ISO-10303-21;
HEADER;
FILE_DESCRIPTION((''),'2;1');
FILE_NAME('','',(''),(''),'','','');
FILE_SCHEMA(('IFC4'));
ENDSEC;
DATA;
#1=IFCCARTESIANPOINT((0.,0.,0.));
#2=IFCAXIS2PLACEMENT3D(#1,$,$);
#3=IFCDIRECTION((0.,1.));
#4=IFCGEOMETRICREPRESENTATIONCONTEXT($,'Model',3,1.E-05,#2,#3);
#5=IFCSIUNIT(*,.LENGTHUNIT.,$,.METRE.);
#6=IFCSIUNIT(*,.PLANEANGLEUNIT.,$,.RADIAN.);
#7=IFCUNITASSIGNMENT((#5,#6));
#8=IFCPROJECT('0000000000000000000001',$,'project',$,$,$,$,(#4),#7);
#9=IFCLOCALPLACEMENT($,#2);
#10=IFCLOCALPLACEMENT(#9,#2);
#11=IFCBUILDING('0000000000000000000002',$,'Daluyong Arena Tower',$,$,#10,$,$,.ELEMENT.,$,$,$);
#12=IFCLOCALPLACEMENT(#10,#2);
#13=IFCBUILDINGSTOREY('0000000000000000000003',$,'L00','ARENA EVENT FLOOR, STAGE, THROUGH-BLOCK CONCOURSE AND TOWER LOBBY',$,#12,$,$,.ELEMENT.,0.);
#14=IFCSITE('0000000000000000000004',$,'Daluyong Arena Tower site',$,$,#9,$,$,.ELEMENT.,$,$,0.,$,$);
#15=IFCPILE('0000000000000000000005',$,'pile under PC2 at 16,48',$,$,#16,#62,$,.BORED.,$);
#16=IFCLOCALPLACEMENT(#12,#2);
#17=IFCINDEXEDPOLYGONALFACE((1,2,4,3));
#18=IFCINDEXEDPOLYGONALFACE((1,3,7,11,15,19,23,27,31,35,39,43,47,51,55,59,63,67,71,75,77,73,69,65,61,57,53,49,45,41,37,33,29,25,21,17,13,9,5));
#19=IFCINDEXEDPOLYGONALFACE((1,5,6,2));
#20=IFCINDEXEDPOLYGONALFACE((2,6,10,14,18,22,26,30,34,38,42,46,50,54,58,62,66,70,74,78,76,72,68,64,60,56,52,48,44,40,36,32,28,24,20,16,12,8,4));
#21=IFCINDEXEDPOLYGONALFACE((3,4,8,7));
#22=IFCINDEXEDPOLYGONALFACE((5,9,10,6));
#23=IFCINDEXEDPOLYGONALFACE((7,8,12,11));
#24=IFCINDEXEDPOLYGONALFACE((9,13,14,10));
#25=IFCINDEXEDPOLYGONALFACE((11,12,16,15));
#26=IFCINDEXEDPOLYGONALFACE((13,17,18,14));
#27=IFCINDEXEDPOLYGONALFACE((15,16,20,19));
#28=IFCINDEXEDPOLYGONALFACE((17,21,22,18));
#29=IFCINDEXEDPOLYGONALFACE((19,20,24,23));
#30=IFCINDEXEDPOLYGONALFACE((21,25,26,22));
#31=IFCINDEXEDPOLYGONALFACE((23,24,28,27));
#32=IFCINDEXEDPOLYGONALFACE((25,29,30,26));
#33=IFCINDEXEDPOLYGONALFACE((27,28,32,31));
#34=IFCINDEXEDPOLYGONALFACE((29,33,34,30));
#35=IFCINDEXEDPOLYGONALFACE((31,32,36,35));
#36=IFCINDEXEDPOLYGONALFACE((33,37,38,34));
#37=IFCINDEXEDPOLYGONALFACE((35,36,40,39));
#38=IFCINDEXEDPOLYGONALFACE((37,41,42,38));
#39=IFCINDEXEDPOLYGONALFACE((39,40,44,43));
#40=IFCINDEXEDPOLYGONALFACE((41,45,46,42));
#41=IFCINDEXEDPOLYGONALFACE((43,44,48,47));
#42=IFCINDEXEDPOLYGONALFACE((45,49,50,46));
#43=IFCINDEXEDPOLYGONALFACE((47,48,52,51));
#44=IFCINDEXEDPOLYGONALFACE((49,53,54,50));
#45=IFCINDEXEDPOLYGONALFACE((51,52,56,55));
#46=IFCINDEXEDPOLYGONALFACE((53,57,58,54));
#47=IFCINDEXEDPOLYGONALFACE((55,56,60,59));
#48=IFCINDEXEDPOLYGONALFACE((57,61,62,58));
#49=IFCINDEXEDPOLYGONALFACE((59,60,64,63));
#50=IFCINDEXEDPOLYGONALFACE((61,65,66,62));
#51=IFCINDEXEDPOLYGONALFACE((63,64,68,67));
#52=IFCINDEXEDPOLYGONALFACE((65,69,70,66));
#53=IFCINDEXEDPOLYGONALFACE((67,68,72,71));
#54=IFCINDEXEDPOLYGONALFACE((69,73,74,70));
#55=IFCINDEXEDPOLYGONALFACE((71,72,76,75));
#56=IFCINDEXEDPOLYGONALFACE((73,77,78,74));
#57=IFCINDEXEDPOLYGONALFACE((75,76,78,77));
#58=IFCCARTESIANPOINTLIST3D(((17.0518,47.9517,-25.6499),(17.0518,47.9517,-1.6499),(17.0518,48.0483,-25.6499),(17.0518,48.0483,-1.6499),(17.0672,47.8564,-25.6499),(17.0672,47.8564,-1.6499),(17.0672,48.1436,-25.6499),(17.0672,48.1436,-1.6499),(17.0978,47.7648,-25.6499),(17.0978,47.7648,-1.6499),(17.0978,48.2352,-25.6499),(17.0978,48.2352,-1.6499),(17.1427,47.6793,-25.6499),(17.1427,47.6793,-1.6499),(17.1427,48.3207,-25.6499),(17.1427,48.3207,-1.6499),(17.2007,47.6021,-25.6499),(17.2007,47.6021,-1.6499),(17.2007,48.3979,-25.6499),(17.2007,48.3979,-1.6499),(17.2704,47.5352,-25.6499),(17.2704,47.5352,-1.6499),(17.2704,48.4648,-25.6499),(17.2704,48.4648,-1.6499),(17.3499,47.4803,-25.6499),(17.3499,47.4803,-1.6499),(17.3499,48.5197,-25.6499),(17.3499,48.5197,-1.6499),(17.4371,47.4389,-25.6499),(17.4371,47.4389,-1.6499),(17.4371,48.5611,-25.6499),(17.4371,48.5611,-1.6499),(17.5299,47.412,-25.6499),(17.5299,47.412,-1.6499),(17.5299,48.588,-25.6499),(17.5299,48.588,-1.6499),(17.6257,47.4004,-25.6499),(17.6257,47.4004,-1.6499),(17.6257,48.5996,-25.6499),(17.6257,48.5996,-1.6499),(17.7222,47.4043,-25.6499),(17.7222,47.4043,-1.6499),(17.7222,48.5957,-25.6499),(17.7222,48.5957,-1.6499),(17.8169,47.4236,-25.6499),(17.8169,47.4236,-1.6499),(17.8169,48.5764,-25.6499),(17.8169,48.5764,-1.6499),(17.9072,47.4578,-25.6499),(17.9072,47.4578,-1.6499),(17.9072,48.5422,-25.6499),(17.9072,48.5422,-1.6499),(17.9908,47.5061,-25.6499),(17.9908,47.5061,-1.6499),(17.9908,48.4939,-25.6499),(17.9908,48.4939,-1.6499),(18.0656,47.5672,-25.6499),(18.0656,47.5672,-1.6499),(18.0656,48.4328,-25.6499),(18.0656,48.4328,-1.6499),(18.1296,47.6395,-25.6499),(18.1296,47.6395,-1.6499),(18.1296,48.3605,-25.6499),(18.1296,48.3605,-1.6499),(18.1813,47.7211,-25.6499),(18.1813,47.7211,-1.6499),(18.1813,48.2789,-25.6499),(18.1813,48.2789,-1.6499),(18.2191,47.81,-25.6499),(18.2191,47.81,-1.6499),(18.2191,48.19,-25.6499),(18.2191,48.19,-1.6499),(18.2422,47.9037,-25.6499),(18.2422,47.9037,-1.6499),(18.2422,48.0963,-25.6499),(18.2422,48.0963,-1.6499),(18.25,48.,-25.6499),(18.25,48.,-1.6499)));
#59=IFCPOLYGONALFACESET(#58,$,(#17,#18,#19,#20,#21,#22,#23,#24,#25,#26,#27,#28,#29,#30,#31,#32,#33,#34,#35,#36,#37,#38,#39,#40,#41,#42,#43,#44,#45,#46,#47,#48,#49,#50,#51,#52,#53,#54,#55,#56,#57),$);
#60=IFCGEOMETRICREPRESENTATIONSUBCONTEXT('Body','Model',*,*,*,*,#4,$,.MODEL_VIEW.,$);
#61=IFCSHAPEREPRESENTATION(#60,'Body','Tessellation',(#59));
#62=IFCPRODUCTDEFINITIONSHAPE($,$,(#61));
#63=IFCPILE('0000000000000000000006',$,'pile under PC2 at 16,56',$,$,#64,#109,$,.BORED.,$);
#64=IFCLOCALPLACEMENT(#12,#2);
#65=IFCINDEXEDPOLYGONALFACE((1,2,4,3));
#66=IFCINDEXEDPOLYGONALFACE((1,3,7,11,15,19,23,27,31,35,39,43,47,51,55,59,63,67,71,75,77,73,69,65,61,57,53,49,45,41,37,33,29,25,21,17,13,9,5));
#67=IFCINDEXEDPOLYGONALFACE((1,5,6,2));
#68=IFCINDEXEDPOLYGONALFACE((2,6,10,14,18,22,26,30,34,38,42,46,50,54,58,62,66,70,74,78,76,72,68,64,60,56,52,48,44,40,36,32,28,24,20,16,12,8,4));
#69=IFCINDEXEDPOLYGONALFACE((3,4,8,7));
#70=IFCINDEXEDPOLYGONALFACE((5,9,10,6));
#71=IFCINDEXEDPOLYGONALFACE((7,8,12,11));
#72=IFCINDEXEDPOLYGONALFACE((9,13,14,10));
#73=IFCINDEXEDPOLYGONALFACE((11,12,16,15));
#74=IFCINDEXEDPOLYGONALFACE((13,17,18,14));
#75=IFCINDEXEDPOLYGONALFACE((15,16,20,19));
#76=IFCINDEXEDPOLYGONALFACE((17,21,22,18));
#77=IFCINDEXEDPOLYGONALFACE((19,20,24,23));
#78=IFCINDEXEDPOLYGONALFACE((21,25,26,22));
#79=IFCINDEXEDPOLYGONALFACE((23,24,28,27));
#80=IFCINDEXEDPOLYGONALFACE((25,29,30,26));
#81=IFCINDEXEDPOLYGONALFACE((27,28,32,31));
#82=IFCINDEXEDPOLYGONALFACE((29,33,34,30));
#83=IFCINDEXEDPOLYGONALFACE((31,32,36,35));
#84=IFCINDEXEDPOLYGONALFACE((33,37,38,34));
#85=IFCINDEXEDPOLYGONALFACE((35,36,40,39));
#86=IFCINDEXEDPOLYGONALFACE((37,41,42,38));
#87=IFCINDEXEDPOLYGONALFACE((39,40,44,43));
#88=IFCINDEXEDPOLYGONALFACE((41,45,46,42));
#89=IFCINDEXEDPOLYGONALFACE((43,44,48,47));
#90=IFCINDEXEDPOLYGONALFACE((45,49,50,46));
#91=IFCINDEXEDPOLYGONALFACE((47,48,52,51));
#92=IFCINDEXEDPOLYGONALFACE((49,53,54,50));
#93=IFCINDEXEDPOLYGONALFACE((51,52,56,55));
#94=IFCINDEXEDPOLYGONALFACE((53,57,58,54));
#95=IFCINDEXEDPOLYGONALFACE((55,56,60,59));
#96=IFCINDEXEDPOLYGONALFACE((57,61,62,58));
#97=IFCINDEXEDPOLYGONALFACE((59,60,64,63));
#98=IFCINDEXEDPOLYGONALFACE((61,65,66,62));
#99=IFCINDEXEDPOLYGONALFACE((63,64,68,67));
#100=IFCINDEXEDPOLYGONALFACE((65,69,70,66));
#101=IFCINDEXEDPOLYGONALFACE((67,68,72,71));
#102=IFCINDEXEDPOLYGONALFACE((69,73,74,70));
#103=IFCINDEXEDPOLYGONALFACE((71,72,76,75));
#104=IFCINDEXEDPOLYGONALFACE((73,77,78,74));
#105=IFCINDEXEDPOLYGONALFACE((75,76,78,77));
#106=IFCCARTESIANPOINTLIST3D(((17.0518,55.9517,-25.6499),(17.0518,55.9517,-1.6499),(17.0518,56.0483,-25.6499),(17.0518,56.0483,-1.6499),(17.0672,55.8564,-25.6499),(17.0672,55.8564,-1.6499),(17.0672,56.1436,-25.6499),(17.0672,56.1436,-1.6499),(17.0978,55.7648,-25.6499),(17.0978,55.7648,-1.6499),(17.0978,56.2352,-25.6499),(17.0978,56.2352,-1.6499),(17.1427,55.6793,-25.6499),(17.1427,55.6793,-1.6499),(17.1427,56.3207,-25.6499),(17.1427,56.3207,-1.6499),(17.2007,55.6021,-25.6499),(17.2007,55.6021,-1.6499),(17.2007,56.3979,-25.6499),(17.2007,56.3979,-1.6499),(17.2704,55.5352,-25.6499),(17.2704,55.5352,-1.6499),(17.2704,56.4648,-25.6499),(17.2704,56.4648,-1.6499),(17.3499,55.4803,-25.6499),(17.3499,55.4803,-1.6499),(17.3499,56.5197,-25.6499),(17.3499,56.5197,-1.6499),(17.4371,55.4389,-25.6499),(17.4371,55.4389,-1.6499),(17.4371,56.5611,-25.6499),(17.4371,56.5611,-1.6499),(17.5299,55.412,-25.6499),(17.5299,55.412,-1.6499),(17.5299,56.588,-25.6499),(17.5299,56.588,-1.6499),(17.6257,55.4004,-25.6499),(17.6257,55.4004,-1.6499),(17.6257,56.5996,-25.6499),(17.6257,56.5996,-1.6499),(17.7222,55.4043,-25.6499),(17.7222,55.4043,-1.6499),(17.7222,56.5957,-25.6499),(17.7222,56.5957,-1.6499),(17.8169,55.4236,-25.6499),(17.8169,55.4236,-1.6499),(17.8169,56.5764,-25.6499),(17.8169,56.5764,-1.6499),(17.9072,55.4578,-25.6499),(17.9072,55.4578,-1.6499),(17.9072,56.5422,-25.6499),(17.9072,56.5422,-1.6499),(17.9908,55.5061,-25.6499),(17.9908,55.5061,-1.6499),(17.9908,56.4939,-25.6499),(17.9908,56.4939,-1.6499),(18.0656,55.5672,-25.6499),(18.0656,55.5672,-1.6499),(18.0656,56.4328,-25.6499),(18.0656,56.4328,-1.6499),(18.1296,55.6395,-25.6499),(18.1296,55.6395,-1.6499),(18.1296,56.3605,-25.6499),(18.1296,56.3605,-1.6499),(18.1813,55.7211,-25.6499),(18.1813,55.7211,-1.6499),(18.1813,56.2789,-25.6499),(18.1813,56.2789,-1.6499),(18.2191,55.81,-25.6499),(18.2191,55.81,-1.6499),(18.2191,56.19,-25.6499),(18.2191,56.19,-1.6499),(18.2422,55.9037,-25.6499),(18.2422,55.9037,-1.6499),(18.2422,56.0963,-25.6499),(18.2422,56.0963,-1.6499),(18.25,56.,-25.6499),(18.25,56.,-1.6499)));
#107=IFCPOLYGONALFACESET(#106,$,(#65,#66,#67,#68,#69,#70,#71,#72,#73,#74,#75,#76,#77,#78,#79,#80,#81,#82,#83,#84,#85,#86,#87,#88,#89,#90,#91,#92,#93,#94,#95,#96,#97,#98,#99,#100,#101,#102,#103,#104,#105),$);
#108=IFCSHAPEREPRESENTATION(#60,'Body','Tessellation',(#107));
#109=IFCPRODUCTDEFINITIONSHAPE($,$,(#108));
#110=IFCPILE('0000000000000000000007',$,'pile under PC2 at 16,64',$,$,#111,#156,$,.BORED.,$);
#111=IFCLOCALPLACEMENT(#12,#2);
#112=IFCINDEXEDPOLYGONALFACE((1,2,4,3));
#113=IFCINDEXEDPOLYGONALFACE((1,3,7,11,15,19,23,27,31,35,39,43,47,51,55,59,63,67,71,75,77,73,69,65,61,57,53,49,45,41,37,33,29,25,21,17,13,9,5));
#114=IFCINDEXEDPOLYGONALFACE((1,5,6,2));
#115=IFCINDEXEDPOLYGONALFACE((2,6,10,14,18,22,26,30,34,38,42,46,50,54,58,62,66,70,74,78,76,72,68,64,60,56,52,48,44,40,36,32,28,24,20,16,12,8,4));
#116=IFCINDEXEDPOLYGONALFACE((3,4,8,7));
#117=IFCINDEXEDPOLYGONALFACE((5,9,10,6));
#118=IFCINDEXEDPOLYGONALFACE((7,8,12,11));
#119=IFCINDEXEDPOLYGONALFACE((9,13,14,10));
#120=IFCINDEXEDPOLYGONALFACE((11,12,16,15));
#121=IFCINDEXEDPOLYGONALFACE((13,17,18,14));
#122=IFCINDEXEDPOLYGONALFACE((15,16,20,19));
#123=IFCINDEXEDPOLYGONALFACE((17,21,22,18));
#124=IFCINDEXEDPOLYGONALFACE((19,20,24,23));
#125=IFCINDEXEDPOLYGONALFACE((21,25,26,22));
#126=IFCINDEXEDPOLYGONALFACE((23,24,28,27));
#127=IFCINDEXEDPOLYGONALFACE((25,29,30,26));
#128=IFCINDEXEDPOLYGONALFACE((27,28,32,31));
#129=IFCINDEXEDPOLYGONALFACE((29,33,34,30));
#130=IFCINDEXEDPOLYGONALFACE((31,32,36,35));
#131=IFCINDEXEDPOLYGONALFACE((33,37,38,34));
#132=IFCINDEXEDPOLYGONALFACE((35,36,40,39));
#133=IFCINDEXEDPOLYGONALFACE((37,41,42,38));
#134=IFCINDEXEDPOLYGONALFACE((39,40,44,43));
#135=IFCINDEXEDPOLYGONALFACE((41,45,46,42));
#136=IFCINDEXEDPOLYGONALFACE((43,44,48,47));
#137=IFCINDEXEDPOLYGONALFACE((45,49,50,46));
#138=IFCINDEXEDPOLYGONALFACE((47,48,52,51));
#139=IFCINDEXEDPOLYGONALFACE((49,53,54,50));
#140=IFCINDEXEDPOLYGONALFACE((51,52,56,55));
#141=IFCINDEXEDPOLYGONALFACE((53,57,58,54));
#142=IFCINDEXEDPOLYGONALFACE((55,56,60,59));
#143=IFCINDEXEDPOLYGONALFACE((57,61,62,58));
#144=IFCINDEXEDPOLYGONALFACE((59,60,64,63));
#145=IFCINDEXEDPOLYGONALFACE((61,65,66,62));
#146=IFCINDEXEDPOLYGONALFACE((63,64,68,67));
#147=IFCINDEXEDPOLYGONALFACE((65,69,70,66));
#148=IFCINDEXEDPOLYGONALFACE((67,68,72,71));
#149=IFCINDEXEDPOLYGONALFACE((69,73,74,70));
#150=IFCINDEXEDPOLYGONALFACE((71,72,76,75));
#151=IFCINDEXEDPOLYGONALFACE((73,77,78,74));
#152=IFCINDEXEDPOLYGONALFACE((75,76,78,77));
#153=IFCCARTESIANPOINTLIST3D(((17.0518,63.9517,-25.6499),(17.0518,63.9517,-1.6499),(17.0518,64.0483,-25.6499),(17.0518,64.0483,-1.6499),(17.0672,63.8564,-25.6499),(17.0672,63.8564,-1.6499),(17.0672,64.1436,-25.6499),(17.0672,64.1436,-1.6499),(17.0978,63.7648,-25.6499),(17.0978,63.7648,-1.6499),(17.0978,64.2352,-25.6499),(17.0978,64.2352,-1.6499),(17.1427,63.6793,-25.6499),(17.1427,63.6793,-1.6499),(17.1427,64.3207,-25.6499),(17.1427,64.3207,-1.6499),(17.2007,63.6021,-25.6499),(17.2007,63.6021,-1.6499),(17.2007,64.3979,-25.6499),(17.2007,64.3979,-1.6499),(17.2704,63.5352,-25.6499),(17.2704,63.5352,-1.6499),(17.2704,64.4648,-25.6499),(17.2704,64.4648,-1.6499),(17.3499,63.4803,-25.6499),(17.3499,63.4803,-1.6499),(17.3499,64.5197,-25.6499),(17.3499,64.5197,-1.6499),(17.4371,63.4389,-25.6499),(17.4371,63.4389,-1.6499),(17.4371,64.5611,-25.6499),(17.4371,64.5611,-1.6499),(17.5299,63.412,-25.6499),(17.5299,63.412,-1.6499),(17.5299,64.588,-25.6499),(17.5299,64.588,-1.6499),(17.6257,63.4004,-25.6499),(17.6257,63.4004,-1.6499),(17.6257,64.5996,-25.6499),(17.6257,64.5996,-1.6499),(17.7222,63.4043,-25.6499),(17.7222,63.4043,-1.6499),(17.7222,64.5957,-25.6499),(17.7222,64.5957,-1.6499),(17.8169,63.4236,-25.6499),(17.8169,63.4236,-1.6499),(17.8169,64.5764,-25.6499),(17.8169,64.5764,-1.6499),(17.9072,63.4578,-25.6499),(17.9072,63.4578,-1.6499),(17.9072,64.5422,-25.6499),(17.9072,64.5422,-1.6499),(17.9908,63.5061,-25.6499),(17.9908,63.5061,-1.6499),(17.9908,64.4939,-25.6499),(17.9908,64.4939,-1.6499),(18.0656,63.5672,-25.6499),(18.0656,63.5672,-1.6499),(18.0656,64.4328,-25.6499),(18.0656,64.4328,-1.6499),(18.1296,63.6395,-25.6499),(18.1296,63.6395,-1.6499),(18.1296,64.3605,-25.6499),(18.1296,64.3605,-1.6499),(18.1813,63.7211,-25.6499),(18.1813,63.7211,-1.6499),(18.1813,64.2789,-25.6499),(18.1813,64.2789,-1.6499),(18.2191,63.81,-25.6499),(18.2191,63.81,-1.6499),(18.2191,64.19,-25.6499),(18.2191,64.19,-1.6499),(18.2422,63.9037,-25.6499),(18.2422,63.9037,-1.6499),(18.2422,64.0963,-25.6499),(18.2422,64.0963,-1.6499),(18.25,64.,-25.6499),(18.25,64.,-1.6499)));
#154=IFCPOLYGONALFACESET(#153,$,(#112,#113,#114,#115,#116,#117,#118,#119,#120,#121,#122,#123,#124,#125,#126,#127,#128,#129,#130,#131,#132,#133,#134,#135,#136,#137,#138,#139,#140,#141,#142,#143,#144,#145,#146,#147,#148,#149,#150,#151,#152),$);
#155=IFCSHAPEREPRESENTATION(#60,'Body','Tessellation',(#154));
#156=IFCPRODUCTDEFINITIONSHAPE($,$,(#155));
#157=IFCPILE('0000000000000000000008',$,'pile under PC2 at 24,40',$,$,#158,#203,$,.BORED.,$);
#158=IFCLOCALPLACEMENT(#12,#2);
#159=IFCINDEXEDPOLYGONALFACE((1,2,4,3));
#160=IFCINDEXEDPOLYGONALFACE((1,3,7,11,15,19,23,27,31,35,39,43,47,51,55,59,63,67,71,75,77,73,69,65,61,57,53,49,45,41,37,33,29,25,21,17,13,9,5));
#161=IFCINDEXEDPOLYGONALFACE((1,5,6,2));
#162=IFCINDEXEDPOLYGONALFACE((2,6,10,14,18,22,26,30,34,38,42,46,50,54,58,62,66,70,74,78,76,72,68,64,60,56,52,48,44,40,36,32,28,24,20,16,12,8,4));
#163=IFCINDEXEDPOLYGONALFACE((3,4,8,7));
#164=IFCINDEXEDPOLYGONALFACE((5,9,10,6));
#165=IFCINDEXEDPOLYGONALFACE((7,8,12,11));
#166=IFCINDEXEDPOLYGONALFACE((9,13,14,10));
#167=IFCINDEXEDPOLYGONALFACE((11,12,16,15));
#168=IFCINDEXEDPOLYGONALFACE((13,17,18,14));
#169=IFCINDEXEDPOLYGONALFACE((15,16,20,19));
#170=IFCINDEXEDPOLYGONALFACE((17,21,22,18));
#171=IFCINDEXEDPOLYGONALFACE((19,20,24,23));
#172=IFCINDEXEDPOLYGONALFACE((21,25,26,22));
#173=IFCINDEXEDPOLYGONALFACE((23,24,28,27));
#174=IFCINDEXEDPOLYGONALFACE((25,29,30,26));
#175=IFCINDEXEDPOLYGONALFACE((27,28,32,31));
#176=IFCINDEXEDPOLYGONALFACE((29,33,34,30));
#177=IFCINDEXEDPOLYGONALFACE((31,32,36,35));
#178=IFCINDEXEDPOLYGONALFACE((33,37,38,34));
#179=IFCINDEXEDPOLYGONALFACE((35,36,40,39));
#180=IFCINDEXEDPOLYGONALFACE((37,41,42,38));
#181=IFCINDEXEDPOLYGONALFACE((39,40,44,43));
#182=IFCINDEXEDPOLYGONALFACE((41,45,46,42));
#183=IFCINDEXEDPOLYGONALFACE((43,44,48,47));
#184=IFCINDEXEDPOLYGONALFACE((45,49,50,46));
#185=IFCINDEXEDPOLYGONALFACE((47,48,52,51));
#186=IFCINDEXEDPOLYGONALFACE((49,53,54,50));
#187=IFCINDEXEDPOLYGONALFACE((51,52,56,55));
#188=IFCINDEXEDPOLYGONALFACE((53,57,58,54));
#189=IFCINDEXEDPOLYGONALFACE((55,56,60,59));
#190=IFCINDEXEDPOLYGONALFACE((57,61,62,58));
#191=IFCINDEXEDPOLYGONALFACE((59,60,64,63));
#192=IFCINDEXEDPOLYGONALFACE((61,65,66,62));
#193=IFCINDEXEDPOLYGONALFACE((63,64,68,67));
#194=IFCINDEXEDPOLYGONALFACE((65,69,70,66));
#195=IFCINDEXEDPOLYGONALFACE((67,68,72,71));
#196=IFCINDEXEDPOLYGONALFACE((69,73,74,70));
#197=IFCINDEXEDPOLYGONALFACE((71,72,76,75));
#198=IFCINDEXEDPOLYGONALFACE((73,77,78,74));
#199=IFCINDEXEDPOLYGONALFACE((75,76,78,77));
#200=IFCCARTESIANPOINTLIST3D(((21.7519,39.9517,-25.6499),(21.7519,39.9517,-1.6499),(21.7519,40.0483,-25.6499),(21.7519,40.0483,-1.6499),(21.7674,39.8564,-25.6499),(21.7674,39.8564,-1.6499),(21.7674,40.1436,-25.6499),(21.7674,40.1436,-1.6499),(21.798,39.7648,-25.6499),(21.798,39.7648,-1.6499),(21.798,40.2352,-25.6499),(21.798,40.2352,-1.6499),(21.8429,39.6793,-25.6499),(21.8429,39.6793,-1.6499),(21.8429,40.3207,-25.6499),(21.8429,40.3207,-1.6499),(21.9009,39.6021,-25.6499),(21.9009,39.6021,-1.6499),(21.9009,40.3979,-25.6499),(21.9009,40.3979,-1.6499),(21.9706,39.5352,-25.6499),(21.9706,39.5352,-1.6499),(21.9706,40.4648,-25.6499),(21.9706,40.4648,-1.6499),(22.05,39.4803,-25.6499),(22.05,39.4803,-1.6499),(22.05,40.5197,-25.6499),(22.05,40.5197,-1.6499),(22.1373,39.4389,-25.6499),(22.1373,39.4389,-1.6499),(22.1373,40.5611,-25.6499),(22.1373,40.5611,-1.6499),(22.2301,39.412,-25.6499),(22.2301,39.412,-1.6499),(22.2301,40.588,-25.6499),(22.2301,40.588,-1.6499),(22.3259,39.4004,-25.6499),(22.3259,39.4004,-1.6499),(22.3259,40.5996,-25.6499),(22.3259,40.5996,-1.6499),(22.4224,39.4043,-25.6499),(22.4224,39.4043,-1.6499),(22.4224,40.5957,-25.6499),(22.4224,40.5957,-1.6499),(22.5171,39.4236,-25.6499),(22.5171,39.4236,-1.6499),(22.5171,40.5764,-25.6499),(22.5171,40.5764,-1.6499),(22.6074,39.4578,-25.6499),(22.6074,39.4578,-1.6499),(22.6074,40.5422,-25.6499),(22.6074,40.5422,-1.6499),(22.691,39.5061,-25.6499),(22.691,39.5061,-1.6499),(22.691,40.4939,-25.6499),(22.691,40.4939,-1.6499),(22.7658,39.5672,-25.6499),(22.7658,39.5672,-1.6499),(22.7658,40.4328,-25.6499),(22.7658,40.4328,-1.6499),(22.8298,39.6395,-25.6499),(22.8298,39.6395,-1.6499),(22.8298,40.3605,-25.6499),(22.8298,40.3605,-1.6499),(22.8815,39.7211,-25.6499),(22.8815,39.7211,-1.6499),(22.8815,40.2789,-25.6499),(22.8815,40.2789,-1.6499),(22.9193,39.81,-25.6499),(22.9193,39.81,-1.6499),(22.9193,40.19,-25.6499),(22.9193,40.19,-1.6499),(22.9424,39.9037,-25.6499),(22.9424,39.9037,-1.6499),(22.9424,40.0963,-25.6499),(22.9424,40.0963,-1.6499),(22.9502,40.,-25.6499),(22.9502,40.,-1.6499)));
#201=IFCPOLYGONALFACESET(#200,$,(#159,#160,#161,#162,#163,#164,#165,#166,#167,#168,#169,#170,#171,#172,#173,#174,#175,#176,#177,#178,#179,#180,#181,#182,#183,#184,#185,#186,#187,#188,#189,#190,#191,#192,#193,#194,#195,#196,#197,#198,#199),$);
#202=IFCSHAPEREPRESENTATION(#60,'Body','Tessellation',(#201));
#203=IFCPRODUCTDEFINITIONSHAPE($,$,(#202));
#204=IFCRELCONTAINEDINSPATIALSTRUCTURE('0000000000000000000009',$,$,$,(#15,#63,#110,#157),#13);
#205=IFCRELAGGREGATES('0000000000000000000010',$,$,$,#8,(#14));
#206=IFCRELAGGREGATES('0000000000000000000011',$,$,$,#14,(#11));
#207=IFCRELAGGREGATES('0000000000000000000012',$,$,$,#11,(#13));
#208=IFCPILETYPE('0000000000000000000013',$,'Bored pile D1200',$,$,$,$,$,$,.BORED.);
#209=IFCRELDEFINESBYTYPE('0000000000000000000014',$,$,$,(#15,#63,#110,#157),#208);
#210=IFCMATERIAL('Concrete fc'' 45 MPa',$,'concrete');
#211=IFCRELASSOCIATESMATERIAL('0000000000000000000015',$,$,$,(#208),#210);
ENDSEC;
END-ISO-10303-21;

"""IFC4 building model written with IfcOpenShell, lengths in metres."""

from ifc_helpers import new_model, si_unit, direction, frame, origin, origin_2d, place, context, subcontext, project, spatial, circle, extrude, material, type_object, element, save


model = new_model("IFC4")

# Units and contexts
model_context = context("Model", 3, precision=1e-05, world=origin(), true_north=direction((0.0, 1.0)))
body_context = subcontext(model_context, "Body", "Model", "MODEL_VIEW")
ifc_project = project(units=[si_unit("LENGTHUNIT", "METRE"), si_unit("PLANEANGLEUNIT", "RADIAN")], contexts=[model_context])

# Site, building, storey
site_placement = place(None, origin())
site = spatial("IfcSite", under=ifc_project, at=site_placement, Name="Daluyong Arena Tower site", CompositionType="ELEMENT", RefElevation=0.0)
building_placement = place(site_placement, origin())
building = spatial("IfcBuilding", under=site, at=building_placement, Name="Daluyong Arena Tower", CompositionType="ELEMENT")
storey_placement = place(building_placement, origin())
storey = spatial("IfcBuildingStorey", under=building, at=storey_placement, Name="L00", Description="ARENA EVENT FLOOR, STAGE, THROUGH-BLOCK CONCOURSE AND TOWER LOBBY", CompositionType="ELEMENT", Elevation=0.0)

# Piles
ifc_material_1 = material(Name="Concrete fc' 45 MPa", Category="concrete")
pile_type_1 = type_object("IfcPileType", Name="Bored pile D1200", PredefinedType="BORED", material=ifc_material_1)
for number, where, z_axis, x_axis, name in (
    (1, (17.6499, 48.0, -1.6499), (0.0, 0.0, -1.0), (1.0, 0.0, 0.0), "pile under PC2 at 16,48"),
    (2, (17.6499, 56.0, -1.6499), (0.0, 0.0, -1.0), (1.0, 0.0, 0.0), "pile under PC2 at 16,56"),
    (3, (17.6499, 64.0, -1.6499), (0.0, 0.0, -1.0), (1.0, 0.0, 0.0), "pile under PC2 at 16,64"),
    (4, (22.3501, 40.0, -1.6499), (0.0, 0.0, -1.0), (1.0, 0.0, 0.0), "pile under PC2 at 24,40"),
):
    element("IfcPile", number, at=place(storey_placement, frame(where, z_axis=z_axis, x_axis=x_axis)), inside=storey, type_object=pile_type_1, Name=name, PredefinedType="BORED", context=body_context, shape_type="SweptSolid", body=[
        extrude(circle(Radius=0.6001, at=origin_2d()), origin(), (0.0, 0.0, 1.0), 24.0),
    ])

save(model, "model.ifc")
